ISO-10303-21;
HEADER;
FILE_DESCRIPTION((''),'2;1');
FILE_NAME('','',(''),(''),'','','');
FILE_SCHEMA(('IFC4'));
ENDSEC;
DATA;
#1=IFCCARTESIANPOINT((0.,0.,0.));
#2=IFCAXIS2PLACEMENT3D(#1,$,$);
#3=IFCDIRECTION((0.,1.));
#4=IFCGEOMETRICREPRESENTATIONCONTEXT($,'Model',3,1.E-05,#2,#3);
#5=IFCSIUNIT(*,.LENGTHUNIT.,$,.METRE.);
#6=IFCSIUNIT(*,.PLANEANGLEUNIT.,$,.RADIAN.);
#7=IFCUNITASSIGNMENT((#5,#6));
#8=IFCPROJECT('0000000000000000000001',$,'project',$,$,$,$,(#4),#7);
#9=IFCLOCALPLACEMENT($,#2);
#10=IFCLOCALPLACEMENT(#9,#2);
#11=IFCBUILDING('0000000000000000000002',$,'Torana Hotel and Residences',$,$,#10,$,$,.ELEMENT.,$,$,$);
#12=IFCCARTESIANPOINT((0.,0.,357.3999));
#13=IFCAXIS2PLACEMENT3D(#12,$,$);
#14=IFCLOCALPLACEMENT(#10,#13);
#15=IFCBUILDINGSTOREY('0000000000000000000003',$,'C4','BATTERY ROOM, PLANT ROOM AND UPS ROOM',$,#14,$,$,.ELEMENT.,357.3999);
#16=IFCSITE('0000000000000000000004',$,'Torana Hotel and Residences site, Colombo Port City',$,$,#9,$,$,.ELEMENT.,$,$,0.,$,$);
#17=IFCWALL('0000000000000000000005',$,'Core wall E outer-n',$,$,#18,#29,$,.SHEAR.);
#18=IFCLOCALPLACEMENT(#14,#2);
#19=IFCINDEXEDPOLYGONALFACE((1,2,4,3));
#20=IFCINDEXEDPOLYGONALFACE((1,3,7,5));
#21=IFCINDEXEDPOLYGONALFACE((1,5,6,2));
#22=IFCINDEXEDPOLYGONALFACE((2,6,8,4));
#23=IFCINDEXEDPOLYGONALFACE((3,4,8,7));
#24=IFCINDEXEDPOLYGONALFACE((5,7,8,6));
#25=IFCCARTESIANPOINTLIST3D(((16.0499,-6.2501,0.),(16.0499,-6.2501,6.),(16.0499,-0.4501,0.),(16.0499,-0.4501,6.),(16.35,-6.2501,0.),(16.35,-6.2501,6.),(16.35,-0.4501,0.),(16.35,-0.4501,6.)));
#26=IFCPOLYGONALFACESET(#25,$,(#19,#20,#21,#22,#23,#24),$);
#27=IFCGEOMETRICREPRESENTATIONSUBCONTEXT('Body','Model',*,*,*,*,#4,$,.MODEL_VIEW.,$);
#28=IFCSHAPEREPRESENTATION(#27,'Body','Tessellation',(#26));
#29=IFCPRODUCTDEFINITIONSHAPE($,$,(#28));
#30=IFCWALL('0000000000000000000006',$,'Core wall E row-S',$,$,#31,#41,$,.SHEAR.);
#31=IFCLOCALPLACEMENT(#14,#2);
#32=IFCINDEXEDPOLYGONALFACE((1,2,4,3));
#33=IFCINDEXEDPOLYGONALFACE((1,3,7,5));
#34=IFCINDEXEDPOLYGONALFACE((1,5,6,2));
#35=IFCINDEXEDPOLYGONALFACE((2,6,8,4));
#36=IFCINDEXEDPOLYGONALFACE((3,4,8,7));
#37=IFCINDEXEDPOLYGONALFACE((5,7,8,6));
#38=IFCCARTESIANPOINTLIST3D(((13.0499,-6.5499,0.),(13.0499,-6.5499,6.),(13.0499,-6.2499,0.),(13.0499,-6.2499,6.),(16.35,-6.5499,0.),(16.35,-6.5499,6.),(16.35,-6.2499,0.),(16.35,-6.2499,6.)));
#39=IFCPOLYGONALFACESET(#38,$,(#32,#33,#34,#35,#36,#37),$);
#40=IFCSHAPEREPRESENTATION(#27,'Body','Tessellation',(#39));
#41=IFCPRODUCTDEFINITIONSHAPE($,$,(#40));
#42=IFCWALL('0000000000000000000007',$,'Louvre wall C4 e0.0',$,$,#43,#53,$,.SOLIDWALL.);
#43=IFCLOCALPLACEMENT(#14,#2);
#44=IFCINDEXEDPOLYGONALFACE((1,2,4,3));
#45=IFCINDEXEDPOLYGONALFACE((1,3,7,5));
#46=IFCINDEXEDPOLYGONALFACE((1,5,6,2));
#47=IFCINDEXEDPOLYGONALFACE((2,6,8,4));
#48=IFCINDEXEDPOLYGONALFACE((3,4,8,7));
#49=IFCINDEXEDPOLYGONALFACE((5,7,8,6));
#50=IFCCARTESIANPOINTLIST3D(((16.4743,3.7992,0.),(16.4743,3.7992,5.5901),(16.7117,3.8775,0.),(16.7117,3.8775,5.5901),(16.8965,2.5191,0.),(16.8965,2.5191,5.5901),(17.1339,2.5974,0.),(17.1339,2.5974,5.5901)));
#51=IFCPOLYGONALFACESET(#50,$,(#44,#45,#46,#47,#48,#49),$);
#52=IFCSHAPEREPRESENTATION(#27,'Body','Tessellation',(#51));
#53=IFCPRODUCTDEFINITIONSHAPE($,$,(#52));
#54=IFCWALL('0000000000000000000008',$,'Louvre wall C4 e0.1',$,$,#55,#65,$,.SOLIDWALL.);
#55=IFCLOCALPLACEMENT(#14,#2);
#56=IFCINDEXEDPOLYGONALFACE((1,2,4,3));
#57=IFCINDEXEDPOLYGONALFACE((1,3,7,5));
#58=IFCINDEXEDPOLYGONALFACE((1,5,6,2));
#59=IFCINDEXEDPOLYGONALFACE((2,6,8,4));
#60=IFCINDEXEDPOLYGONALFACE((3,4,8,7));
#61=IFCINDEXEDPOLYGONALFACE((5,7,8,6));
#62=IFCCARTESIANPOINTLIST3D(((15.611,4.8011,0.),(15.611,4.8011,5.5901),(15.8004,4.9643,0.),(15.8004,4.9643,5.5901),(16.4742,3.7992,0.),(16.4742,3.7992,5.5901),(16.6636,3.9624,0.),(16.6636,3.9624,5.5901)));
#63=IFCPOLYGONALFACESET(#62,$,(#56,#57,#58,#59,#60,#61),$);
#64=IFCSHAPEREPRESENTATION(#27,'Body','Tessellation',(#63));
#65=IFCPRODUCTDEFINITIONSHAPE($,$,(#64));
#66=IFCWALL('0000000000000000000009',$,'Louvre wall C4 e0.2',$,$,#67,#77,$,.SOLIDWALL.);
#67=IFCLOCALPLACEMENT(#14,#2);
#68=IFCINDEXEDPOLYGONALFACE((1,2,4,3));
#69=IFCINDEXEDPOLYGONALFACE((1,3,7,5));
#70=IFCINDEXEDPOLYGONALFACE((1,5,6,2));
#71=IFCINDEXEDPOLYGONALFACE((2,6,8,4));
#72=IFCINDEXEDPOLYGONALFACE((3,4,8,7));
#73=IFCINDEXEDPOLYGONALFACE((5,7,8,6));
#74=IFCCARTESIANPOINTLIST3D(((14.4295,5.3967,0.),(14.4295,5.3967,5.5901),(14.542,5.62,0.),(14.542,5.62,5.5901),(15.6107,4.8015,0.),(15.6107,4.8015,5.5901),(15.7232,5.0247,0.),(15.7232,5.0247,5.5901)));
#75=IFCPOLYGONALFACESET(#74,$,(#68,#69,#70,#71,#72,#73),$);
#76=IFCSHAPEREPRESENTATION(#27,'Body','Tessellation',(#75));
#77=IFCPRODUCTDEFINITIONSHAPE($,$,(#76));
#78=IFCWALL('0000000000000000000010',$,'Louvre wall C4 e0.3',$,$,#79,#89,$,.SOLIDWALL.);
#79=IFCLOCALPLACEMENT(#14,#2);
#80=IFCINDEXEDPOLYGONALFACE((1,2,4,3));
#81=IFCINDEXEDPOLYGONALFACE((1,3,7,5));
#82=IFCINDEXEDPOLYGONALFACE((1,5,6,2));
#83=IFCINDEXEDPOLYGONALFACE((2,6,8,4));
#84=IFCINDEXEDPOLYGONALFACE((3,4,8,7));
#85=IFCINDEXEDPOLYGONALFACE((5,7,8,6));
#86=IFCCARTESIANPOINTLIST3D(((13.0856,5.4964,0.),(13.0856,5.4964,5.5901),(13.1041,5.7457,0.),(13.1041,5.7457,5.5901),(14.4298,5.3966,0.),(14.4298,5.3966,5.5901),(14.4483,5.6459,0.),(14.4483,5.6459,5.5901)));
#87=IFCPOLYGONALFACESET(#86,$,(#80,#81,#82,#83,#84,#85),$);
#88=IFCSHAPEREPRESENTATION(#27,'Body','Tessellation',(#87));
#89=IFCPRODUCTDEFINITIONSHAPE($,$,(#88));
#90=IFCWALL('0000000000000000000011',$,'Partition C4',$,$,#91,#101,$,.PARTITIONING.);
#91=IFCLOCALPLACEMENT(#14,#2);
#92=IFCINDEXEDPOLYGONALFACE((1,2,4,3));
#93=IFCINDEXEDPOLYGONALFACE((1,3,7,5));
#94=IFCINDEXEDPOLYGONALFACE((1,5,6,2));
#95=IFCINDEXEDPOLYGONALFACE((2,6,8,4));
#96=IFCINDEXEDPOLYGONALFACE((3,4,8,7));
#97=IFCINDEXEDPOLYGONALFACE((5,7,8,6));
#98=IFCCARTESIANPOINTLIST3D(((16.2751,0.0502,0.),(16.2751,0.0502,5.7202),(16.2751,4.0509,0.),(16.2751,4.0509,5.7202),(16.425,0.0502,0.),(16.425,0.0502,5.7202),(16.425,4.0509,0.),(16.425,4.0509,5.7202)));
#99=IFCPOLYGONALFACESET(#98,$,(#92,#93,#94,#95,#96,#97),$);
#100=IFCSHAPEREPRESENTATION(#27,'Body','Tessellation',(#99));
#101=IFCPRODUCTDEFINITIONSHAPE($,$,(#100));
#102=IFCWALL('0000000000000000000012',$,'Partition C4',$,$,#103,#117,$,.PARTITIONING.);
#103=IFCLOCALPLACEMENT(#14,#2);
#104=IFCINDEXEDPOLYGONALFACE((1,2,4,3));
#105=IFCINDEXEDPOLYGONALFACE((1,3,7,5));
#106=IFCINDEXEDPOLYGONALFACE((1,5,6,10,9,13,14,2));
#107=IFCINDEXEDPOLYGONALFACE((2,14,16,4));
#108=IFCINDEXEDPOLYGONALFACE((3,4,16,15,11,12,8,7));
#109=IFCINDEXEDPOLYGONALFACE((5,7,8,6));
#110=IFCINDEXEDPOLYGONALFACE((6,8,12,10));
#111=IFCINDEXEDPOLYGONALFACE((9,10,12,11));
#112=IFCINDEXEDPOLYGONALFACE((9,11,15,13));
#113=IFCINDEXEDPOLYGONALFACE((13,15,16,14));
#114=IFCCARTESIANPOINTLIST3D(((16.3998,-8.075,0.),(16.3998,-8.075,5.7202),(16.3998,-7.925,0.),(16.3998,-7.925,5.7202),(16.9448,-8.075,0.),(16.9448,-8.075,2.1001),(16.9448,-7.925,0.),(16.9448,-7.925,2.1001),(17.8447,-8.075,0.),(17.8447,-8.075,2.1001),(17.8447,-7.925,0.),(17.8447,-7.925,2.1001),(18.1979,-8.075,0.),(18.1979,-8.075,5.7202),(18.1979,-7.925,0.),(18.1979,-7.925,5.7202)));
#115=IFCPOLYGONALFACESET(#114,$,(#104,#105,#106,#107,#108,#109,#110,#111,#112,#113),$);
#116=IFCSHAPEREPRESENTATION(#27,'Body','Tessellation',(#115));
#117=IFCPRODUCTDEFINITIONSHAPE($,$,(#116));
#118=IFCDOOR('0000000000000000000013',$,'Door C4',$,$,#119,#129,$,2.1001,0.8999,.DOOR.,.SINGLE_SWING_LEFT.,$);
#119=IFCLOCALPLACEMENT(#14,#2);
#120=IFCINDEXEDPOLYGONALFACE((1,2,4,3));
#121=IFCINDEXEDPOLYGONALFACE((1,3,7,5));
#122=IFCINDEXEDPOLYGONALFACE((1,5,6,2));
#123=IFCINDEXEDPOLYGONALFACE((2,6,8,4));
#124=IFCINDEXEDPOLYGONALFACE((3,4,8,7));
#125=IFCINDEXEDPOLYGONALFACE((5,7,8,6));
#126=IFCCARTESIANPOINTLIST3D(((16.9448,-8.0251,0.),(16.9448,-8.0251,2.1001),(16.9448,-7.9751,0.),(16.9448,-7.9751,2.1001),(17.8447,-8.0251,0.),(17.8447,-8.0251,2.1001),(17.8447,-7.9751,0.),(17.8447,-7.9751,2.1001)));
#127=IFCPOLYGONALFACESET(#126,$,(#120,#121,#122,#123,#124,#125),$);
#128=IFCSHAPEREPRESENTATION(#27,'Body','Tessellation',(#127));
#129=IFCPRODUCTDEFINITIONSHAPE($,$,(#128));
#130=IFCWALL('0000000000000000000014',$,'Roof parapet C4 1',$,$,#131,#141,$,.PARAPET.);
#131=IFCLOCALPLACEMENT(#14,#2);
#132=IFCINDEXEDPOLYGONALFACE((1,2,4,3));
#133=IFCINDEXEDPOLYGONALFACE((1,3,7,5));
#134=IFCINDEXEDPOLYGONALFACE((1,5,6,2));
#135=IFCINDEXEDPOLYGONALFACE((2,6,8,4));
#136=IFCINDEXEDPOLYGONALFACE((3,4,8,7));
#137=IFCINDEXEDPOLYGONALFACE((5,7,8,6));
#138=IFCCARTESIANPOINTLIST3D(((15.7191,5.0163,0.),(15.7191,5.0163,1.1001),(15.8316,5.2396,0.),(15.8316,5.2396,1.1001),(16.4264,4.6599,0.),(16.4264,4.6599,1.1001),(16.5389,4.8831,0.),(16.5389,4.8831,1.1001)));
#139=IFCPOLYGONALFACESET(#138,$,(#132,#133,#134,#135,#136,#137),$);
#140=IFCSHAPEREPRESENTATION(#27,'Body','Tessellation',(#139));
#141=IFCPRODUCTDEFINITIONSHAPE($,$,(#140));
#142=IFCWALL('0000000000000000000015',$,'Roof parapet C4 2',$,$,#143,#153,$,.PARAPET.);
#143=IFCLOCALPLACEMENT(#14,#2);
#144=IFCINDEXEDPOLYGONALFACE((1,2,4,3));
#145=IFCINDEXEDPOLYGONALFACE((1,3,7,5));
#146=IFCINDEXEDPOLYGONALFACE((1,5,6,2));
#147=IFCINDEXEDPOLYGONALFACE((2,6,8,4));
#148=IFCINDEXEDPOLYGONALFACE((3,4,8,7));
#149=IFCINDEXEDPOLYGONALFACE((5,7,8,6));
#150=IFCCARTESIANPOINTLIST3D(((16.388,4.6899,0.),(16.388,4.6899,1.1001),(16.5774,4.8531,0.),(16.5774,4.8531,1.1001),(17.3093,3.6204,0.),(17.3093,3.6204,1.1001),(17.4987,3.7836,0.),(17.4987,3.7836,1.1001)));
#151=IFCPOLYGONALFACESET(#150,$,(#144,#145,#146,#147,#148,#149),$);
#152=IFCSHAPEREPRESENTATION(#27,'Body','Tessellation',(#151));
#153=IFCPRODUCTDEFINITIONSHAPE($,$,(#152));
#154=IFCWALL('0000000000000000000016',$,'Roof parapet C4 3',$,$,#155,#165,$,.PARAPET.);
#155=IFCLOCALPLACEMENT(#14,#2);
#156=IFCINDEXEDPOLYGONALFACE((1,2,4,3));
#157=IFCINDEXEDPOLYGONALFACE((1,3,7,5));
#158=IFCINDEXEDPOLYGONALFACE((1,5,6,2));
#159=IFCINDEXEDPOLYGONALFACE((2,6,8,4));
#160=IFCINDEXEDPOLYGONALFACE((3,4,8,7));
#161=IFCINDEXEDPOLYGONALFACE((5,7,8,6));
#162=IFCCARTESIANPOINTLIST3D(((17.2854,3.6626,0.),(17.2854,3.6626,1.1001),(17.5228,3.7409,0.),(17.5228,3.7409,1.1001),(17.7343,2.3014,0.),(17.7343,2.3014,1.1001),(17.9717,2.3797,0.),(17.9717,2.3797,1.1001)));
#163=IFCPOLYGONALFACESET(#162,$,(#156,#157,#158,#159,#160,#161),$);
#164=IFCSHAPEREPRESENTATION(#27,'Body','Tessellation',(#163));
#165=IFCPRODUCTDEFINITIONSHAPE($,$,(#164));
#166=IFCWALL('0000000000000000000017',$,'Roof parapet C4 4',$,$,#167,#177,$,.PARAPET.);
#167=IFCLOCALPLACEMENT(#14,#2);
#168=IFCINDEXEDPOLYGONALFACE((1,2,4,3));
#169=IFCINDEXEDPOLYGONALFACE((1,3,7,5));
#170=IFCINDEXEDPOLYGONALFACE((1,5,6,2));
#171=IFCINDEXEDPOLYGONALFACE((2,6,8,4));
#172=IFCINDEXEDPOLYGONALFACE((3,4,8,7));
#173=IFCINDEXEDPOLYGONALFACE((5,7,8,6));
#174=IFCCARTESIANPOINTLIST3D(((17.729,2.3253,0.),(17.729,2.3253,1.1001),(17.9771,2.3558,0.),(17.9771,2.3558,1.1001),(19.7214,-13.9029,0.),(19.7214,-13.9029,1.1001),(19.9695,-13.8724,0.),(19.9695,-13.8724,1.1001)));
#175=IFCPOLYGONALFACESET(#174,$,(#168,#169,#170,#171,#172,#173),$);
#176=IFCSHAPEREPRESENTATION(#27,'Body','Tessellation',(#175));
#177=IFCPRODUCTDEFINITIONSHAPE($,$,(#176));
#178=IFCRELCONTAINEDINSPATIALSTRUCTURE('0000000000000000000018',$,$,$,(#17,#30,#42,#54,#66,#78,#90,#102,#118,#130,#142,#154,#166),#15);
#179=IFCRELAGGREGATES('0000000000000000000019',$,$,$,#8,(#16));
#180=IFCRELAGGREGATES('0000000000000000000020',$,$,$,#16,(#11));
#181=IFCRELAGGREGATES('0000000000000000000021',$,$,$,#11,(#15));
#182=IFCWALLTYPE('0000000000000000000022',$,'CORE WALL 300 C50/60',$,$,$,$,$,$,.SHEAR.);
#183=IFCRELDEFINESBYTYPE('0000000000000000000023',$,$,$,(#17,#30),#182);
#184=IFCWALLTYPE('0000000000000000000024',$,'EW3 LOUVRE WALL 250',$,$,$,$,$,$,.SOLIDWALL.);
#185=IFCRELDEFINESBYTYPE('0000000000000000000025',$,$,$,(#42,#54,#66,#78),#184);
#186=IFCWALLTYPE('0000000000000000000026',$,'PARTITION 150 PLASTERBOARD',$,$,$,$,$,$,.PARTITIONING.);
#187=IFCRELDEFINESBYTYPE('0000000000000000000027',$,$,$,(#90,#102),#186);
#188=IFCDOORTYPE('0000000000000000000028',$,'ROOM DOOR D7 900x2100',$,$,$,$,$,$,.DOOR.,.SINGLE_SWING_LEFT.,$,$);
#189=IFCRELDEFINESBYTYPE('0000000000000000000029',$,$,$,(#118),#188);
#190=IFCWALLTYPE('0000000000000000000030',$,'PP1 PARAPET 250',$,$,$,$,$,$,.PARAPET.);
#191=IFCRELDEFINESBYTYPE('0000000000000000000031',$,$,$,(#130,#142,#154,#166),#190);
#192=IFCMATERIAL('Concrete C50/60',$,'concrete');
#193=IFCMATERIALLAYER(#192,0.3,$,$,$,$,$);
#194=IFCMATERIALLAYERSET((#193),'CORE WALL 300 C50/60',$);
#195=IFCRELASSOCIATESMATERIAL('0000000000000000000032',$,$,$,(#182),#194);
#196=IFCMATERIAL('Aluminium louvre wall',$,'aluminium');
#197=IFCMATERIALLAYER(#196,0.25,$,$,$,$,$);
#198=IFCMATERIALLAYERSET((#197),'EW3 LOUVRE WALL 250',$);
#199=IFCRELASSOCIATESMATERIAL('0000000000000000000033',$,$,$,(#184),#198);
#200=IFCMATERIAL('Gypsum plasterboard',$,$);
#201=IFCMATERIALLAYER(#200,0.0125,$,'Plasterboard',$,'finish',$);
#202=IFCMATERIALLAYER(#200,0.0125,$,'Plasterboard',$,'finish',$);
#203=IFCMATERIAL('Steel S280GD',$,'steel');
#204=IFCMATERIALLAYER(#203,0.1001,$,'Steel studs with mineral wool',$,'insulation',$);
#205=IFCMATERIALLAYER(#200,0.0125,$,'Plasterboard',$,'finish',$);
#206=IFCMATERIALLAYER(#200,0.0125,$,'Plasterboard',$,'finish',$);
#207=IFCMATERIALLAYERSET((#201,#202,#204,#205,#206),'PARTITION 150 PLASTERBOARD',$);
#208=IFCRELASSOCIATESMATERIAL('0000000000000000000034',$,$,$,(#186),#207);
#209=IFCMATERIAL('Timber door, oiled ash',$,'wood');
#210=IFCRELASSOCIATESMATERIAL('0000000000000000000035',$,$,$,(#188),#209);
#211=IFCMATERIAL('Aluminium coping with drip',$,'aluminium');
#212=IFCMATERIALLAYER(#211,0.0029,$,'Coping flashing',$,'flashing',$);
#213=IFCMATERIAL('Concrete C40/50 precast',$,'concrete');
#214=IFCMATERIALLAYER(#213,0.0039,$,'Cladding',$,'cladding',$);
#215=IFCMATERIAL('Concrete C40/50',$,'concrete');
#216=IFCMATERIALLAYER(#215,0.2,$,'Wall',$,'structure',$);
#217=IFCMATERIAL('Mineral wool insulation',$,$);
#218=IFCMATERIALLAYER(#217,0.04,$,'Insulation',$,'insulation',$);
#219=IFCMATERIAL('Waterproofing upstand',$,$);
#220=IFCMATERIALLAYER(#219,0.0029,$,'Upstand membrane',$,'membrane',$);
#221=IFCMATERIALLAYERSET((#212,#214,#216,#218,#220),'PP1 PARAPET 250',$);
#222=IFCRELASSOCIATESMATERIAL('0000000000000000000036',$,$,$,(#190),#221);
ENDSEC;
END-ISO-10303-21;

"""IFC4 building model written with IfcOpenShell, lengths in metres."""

from ifc_helpers import new_model, si_unit, direction, frame, frame_2d, origin, place, context, subcontext, project, spatial, rectangle, extrude, material, layer, layer_set, type_object, element, fill, save


model = new_model("IFC4")

# Units and contexts
model_context = context("Model", 3, precision=1e-05, world=origin(), true_north=direction((0.0, 1.0)))
body_context = subcontext(model_context, "Body", "Model", "MODEL_VIEW")
ifc_project = project(units=[si_unit("LENGTHUNIT", "METRE"), si_unit("PLANEANGLEUNIT", "RADIAN")], contexts=[model_context])

# Site, building, storey
site_placement = place(None, origin())
site = spatial("IfcSite", under=ifc_project, at=site_placement, Name="Torana Hotel and Residences site, Colombo Port City", CompositionType="ELEMENT", RefElevation=0.0)
building_placement = place(site_placement, origin())
building = spatial("IfcBuilding", under=site, at=building_placement, Name="Torana Hotel and Residences", CompositionType="ELEMENT")
storey_placement = place(building_placement, frame((0.0, 0.0, 357.3999)))
storey = spatial("IfcBuildingStorey", under=building, at=storey_placement, Name="C4", Description="BATTERY ROOM, PLANT ROOM AND UPS ROOM", CompositionType="ELEMENT", Elevation=357.3999)

# Walls
ifc_material_1 = material(Name="Concrete C50/60", Category="concrete")
ifc_layer_1 = layer(ifc_material_1, 0.3)
ifc_layer_set_1 = layer_set([ifc_layer_1], Name="CORE WALL 300 C50/60")
wall_type_1 = type_object("IfcWallType", Name="CORE WALL 300 C50/60", PredefinedType="SHEAR", material=ifc_layer_set_1)
wall_1_placement = place(storey_placement, frame((16.2, -6.25, 0.0), z_axis=(0.0, 0.0, 1.0), x_axis=(0.0, 1.0, 0.0)))
element("IfcWall", 1, at=wall_1_placement, inside=storey, type_object=wall_type_1, Name="Core wall E outer-n", PredefinedType="SHEAR", context=body_context, shape_type="SweptSolid", body=[
    extrude(rectangle(XDim=5.8, YDim=0.3, at=frame_2d((2.8999, 0.0))), origin(), (0.0, 0.0, 1.0), 6.0),
])
wall_2_placement = place(storey_placement, frame((13.05, -6.3999, 0.0), z_axis=(0.0, 0.0, 1.0), x_axis=(1.0, 0.0, 0.0)))
element("IfcWall", 2, at=wall_2_placement, inside=storey, type_object=wall_type_1, Name="Core wall E row-S", PredefinedType="SHEAR", context=body_context, shape_type="SweptSolid", body=[
    extrude(rectangle(XDim=3.3, YDim=0.3, at=frame_2d((1.6499, 0.0))), origin(), (0.0, 0.0, 1.0), 6.0),
])
ifc_material_2 = material(Name="Aluminium louvre wall", Category="aluminium")
ifc_layer_2 = layer(ifc_material_2, 0.25)
ifc_layer_set_2 = layer_set([ifc_layer_2], Name="EW3 LOUVRE WALL 250")
wall_type_2 = type_object("IfcWallType", Name="EW3 LOUVRE WALL 250", PredefinedType="SOLIDWALL", material=ifc_layer_set_2)
wall_3_placement = place(storey_placement, frame((17.0151, 2.5583, 0.0), z_axis=(0.0, 0.0, 1.0), x_axis=(-0.313183, 0.949693, 0.0)))
element("IfcWall", 3, at=wall_3_placement, inside=storey, type_object=wall_type_2, Name="Louvre wall C4 e0.0", PredefinedType="SOLIDWALL", context=body_context, shape_type="SweptSolid", body=[
    extrude(rectangle(XDim=1.3479, YDim=0.25, at=frame_2d((0.6738, 0.0))), origin(), (0.0, 0.0, 1.0), 5.5901),
])
wall_4_placement = place(storey_placement, frame((16.5688, 3.8809, 0.0), z_axis=(0.0, 0.0, 1.0), x_axis=(-0.652735, 0.757586, 0.0)))
element("IfcWall", 4, at=wall_4_placement, inside=storey, type_object=wall_type_2, Name="Louvre wall C4 e0.1", PredefinedType="SOLIDWALL", context=body_context, shape_type="SweptSolid", body=[
    extrude(rectangle(XDim=1.3225, YDim=0.25, at=frame_2d((0.6611, 0.0))), origin(), (0.0, 0.0, 1.0), 5.5901),
])
wall_5_placement = place(storey_placement, frame((15.667, 4.9131, 0.0), z_axis=(0.0, 0.0, 1.0), x_axis=(-0.89302, 0.450017, 0.0)))
element("IfcWall", 5, at=wall_5_placement, inside=storey, type_object=wall_type_2, Name="Louvre wall C4 e0.2", PredefinedType="SOLIDWALL", context=body_context, shape_type="SweptSolid", body=[
    extrude(rectangle(XDim=1.3228, YDim=0.25, at=frame_2d((0.6614, 0.0))), origin(), (0.0, 0.0, 1.0), 5.5901),
])
wall_6_placement = place(storey_placement, frame((14.439, 5.5212, 0.0), z_axis=(0.0, 0.0, 1.0), x_axis=(-0.997252, 0.074079, 0.0)))
element("IfcWall", 6, at=wall_6_placement, inside=storey, type_object=wall_type_2, Name="Louvre wall C4 e0.3", PredefinedType="SOLIDWALL", context=body_context, shape_type="SweptSolid", body=[
    extrude(rectangle(XDim=1.3479, YDim=0.25, at=frame_2d((0.6738, 0.0))), origin(), (0.0, 0.0, 1.0), 5.5901),
])

# Wall
ifc_material_3 = material(Name="Gypsum plasterboard")
ifc_layer_3 = layer(ifc_material_3, 0.0125, Name="Plasterboard", Category="finish")
ifc_layer_4 = layer(ifc_material_3, 0.0125, Name="Plasterboard", Category="finish")
ifc_material_4 = material(Name="Steel S280GD", Category="steel")
ifc_layer_5 = layer(ifc_material_4, 0.1001, Name="Steel studs with mineral wool", Category="insulation")
ifc_layer_6 = layer(ifc_material_3, 0.0125, Name="Plasterboard", Category="finish")
ifc_layer_7 = layer(ifc_material_3, 0.0125, Name="Plasterboard", Category="finish")
ifc_layer_set_3 = layer_set([ifc_layer_3, ifc_layer_4, ifc_layer_5, ifc_layer_6, ifc_layer_7], Name="PARTITION 150 PLASTERBOARD")
wall_type_3 = type_object("IfcWallType", Name="PARTITION 150 PLASTERBOARD", PredefinedType="PARTITIONING", material=ifc_layer_set_3)
wall_7_placement = place(storey_placement, frame((16.3501, 0.05, 0.0), z_axis=(0.0, 0.0, 1.0), x_axis=(0.0, 1.0, 0.0)))
element("IfcWall", 7, at=wall_7_placement, inside=storey, type_object=wall_type_3, Name="Partition C4", PredefinedType="PARTITIONING", context=body_context, shape_type="SweptSolid", body=[
    extrude(rectangle(XDim=4.0007, YDim=0.1499, at=frame_2d((2.0005, 0.0))), origin(), (0.0, 0.0, 1.0), 5.7202),
])

# Wall, opening, door
wall_8_placement = place(storey_placement, frame((16.3999, -8.0, 0.0), z_axis=(0.0, 0.0, 1.0), x_axis=(1.0, 0.0, 0.0)))
wall_8 = element("IfcWall", 8, at=wall_8_placement, inside=storey, type_object=wall_type_3, Name="Partition C4", PredefinedType="PARTITIONING", context=body_context, shape_type="SweptSolid", body=[
    extrude(rectangle(XDim=1.7981, YDim=0.1499, at=frame_2d((0.8989, 0.0))), origin(), (0.0, 0.0, 1.0), 5.7202),
])
opening_1_placement = place(wall_8_placement, frame((0.5449, 0.0, 0.0)))
opening_1 = element("IfcOpeningElement", 9, at=opening_1_placement, cuts=wall_8, PredefinedType="OPENING", context=body_context, shape_type="SweptSolid", body=[
    extrude(rectangle(XDim=0.8999, YDim=2.1001, at=frame_2d((0.45, 1.05))), frame((0.0, 0.085, 0.0), z_axis=(0.0, -1.0, 0.0), x_axis=(1.0, 0.0, 0.0)), (0.0, 0.0, 1.0), 0.1699),
])
ifc_material_5 = material(Name="Timber door, oiled ash", Category="wood")
door_type = type_object("IfcDoorType", Name="ROOM DOOR D7 900x2100", OperationType="SINGLE_SWING_LEFT", PredefinedType="DOOR", material=ifc_material_5)
door_placement = place(opening_1_placement, origin())
door = element("IfcDoor", 10, at=door_placement, inside=storey, type_object=door_type, Name="Door C4", OperationType="SINGLE_SWING_LEFT", OverallHeight=2.1001, OverallWidth=0.8999, PredefinedType="DOOR", context=body_context, shape_type="SweptSolid", body=[
    extrude(rectangle(XDim=0.8999, YDim=2.1001, at=frame_2d((0.45, 1.05))), frame((0.0, 0.0249, 0.0), z_axis=(0.0, -1.0, 0.0), x_axis=(1.0, 0.0, 0.0)), (0.0, 0.0, 1.0), 0.05),
])
fill(opening_1, door)

# Walls
ifc_material_6 = material(Name="Aluminium coping with drip", Category="aluminium")
ifc_layer_8 = layer(ifc_material_6, 0.0029, Name="Coping flashing", Category="flashing")
ifc_material_7 = material(Name="Concrete C40/50 precast", Category="concrete")
ifc_layer_9 = layer(ifc_material_7, 0.0039, Name="Cladding", Category="cladding")
ifc_material_8 = material(Name="Concrete C40/50", Category="concrete")
ifc_layer_10 = layer(ifc_material_8, 0.2, Name="Wall", Category="structure")
ifc_material_9 = material(Name="Mineral wool insulation")
ifc_layer_11 = layer(ifc_material_9, 0.04, Name="Insulation", Category="insulation")
ifc_material_10 = material(Name="Waterproofing upstand")
ifc_layer_12 = layer(ifc_material_10, 0.0029, Name="Upstand membrane", Category="membrane")
ifc_layer_set_4 = layer_set([ifc_layer_8, ifc_layer_9, ifc_layer_10, ifc_layer_11, ifc_layer_12], Name="PP1 PARAPET 250")
wall_type_4 = type_object("IfcWallType", Name="PP1 PARAPET 250", PredefinedType="PARAPET", material=ifc_layer_set_4)
wall_9_placement = place(storey_placement, frame((15.7754, 5.1279, 0.0), z_axis=(0.0, 0.0, 1.0), x_axis=(0.893005, -0.450047, 0.0)))
element("IfcWall", 11, at=wall_9_placement, inside=storey, type_object=wall_type_4, Name="Roof parapet C4 1", PredefinedType="PARAPET", context=body_context, shape_type="SweptSolid", body=[
    extrude(rectangle(XDim=0.792, YDim=0.25, at=frame_2d((0.396, 0.0))), origin(), (0.0, 0.0, 1.0), 1.1001),
])
wall_10_placement = place(storey_placement, frame((16.4827, 4.7715, 0.0), z_axis=(0.0, 0.0, 1.0), x_axis=(0.652669, -0.757643, 0.0)))
element("IfcWall", 12, at=wall_10_placement, inside=storey, type_object=wall_type_4, Name="Roof parapet C4 2", PredefinedType="PARAPET", context=body_context, shape_type="SweptSolid", body=[
    extrude(rectangle(XDim=1.4116, YDim=0.25, at=frame_2d((0.7058, 0.0))), origin(), (0.0, 0.0, 1.0), 1.1001),
])
wall_11_placement = place(storey_placement, frame((17.4041, 3.7019, 0.0), z_axis=(0.0, 0.0, 1.0), x_axis=(0.313212, -0.949683, 0.0)))
element("IfcWall", 13, at=wall_11_placement, inside=storey, type_object=wall_type_4, Name="Roof parapet C4 3", PredefinedType="PARAPET", context=body_context, shape_type="SweptSolid", body=[
    extrude(rectangle(XDim=1.4333, YDim=0.25, at=frame_2d((0.7168, 0.0))), origin(), (0.0, 0.0, 1.0), 1.1001),
])
wall_12_placement = place(storey_placement, frame((17.853, 2.3406, 0.0), z_axis=(0.0, 0.0, 1.0), x_axis=(0.12186, -0.992547, 0.0)))
element("IfcWall", 14, at=wall_12_placement, inside=storey, type_object=wall_type_4, Name="Roof parapet C4 4", PredefinedType="PARAPET", context=body_context, shape_type="SweptSolid", body=[
    extrude(rectangle(XDim=16.3501, YDim=0.25, at=frame_2d((8.175, 0.0))), origin(), (0.0, 0.0, 1.0), 1.1001),
])

save(model, "model.ifc")
